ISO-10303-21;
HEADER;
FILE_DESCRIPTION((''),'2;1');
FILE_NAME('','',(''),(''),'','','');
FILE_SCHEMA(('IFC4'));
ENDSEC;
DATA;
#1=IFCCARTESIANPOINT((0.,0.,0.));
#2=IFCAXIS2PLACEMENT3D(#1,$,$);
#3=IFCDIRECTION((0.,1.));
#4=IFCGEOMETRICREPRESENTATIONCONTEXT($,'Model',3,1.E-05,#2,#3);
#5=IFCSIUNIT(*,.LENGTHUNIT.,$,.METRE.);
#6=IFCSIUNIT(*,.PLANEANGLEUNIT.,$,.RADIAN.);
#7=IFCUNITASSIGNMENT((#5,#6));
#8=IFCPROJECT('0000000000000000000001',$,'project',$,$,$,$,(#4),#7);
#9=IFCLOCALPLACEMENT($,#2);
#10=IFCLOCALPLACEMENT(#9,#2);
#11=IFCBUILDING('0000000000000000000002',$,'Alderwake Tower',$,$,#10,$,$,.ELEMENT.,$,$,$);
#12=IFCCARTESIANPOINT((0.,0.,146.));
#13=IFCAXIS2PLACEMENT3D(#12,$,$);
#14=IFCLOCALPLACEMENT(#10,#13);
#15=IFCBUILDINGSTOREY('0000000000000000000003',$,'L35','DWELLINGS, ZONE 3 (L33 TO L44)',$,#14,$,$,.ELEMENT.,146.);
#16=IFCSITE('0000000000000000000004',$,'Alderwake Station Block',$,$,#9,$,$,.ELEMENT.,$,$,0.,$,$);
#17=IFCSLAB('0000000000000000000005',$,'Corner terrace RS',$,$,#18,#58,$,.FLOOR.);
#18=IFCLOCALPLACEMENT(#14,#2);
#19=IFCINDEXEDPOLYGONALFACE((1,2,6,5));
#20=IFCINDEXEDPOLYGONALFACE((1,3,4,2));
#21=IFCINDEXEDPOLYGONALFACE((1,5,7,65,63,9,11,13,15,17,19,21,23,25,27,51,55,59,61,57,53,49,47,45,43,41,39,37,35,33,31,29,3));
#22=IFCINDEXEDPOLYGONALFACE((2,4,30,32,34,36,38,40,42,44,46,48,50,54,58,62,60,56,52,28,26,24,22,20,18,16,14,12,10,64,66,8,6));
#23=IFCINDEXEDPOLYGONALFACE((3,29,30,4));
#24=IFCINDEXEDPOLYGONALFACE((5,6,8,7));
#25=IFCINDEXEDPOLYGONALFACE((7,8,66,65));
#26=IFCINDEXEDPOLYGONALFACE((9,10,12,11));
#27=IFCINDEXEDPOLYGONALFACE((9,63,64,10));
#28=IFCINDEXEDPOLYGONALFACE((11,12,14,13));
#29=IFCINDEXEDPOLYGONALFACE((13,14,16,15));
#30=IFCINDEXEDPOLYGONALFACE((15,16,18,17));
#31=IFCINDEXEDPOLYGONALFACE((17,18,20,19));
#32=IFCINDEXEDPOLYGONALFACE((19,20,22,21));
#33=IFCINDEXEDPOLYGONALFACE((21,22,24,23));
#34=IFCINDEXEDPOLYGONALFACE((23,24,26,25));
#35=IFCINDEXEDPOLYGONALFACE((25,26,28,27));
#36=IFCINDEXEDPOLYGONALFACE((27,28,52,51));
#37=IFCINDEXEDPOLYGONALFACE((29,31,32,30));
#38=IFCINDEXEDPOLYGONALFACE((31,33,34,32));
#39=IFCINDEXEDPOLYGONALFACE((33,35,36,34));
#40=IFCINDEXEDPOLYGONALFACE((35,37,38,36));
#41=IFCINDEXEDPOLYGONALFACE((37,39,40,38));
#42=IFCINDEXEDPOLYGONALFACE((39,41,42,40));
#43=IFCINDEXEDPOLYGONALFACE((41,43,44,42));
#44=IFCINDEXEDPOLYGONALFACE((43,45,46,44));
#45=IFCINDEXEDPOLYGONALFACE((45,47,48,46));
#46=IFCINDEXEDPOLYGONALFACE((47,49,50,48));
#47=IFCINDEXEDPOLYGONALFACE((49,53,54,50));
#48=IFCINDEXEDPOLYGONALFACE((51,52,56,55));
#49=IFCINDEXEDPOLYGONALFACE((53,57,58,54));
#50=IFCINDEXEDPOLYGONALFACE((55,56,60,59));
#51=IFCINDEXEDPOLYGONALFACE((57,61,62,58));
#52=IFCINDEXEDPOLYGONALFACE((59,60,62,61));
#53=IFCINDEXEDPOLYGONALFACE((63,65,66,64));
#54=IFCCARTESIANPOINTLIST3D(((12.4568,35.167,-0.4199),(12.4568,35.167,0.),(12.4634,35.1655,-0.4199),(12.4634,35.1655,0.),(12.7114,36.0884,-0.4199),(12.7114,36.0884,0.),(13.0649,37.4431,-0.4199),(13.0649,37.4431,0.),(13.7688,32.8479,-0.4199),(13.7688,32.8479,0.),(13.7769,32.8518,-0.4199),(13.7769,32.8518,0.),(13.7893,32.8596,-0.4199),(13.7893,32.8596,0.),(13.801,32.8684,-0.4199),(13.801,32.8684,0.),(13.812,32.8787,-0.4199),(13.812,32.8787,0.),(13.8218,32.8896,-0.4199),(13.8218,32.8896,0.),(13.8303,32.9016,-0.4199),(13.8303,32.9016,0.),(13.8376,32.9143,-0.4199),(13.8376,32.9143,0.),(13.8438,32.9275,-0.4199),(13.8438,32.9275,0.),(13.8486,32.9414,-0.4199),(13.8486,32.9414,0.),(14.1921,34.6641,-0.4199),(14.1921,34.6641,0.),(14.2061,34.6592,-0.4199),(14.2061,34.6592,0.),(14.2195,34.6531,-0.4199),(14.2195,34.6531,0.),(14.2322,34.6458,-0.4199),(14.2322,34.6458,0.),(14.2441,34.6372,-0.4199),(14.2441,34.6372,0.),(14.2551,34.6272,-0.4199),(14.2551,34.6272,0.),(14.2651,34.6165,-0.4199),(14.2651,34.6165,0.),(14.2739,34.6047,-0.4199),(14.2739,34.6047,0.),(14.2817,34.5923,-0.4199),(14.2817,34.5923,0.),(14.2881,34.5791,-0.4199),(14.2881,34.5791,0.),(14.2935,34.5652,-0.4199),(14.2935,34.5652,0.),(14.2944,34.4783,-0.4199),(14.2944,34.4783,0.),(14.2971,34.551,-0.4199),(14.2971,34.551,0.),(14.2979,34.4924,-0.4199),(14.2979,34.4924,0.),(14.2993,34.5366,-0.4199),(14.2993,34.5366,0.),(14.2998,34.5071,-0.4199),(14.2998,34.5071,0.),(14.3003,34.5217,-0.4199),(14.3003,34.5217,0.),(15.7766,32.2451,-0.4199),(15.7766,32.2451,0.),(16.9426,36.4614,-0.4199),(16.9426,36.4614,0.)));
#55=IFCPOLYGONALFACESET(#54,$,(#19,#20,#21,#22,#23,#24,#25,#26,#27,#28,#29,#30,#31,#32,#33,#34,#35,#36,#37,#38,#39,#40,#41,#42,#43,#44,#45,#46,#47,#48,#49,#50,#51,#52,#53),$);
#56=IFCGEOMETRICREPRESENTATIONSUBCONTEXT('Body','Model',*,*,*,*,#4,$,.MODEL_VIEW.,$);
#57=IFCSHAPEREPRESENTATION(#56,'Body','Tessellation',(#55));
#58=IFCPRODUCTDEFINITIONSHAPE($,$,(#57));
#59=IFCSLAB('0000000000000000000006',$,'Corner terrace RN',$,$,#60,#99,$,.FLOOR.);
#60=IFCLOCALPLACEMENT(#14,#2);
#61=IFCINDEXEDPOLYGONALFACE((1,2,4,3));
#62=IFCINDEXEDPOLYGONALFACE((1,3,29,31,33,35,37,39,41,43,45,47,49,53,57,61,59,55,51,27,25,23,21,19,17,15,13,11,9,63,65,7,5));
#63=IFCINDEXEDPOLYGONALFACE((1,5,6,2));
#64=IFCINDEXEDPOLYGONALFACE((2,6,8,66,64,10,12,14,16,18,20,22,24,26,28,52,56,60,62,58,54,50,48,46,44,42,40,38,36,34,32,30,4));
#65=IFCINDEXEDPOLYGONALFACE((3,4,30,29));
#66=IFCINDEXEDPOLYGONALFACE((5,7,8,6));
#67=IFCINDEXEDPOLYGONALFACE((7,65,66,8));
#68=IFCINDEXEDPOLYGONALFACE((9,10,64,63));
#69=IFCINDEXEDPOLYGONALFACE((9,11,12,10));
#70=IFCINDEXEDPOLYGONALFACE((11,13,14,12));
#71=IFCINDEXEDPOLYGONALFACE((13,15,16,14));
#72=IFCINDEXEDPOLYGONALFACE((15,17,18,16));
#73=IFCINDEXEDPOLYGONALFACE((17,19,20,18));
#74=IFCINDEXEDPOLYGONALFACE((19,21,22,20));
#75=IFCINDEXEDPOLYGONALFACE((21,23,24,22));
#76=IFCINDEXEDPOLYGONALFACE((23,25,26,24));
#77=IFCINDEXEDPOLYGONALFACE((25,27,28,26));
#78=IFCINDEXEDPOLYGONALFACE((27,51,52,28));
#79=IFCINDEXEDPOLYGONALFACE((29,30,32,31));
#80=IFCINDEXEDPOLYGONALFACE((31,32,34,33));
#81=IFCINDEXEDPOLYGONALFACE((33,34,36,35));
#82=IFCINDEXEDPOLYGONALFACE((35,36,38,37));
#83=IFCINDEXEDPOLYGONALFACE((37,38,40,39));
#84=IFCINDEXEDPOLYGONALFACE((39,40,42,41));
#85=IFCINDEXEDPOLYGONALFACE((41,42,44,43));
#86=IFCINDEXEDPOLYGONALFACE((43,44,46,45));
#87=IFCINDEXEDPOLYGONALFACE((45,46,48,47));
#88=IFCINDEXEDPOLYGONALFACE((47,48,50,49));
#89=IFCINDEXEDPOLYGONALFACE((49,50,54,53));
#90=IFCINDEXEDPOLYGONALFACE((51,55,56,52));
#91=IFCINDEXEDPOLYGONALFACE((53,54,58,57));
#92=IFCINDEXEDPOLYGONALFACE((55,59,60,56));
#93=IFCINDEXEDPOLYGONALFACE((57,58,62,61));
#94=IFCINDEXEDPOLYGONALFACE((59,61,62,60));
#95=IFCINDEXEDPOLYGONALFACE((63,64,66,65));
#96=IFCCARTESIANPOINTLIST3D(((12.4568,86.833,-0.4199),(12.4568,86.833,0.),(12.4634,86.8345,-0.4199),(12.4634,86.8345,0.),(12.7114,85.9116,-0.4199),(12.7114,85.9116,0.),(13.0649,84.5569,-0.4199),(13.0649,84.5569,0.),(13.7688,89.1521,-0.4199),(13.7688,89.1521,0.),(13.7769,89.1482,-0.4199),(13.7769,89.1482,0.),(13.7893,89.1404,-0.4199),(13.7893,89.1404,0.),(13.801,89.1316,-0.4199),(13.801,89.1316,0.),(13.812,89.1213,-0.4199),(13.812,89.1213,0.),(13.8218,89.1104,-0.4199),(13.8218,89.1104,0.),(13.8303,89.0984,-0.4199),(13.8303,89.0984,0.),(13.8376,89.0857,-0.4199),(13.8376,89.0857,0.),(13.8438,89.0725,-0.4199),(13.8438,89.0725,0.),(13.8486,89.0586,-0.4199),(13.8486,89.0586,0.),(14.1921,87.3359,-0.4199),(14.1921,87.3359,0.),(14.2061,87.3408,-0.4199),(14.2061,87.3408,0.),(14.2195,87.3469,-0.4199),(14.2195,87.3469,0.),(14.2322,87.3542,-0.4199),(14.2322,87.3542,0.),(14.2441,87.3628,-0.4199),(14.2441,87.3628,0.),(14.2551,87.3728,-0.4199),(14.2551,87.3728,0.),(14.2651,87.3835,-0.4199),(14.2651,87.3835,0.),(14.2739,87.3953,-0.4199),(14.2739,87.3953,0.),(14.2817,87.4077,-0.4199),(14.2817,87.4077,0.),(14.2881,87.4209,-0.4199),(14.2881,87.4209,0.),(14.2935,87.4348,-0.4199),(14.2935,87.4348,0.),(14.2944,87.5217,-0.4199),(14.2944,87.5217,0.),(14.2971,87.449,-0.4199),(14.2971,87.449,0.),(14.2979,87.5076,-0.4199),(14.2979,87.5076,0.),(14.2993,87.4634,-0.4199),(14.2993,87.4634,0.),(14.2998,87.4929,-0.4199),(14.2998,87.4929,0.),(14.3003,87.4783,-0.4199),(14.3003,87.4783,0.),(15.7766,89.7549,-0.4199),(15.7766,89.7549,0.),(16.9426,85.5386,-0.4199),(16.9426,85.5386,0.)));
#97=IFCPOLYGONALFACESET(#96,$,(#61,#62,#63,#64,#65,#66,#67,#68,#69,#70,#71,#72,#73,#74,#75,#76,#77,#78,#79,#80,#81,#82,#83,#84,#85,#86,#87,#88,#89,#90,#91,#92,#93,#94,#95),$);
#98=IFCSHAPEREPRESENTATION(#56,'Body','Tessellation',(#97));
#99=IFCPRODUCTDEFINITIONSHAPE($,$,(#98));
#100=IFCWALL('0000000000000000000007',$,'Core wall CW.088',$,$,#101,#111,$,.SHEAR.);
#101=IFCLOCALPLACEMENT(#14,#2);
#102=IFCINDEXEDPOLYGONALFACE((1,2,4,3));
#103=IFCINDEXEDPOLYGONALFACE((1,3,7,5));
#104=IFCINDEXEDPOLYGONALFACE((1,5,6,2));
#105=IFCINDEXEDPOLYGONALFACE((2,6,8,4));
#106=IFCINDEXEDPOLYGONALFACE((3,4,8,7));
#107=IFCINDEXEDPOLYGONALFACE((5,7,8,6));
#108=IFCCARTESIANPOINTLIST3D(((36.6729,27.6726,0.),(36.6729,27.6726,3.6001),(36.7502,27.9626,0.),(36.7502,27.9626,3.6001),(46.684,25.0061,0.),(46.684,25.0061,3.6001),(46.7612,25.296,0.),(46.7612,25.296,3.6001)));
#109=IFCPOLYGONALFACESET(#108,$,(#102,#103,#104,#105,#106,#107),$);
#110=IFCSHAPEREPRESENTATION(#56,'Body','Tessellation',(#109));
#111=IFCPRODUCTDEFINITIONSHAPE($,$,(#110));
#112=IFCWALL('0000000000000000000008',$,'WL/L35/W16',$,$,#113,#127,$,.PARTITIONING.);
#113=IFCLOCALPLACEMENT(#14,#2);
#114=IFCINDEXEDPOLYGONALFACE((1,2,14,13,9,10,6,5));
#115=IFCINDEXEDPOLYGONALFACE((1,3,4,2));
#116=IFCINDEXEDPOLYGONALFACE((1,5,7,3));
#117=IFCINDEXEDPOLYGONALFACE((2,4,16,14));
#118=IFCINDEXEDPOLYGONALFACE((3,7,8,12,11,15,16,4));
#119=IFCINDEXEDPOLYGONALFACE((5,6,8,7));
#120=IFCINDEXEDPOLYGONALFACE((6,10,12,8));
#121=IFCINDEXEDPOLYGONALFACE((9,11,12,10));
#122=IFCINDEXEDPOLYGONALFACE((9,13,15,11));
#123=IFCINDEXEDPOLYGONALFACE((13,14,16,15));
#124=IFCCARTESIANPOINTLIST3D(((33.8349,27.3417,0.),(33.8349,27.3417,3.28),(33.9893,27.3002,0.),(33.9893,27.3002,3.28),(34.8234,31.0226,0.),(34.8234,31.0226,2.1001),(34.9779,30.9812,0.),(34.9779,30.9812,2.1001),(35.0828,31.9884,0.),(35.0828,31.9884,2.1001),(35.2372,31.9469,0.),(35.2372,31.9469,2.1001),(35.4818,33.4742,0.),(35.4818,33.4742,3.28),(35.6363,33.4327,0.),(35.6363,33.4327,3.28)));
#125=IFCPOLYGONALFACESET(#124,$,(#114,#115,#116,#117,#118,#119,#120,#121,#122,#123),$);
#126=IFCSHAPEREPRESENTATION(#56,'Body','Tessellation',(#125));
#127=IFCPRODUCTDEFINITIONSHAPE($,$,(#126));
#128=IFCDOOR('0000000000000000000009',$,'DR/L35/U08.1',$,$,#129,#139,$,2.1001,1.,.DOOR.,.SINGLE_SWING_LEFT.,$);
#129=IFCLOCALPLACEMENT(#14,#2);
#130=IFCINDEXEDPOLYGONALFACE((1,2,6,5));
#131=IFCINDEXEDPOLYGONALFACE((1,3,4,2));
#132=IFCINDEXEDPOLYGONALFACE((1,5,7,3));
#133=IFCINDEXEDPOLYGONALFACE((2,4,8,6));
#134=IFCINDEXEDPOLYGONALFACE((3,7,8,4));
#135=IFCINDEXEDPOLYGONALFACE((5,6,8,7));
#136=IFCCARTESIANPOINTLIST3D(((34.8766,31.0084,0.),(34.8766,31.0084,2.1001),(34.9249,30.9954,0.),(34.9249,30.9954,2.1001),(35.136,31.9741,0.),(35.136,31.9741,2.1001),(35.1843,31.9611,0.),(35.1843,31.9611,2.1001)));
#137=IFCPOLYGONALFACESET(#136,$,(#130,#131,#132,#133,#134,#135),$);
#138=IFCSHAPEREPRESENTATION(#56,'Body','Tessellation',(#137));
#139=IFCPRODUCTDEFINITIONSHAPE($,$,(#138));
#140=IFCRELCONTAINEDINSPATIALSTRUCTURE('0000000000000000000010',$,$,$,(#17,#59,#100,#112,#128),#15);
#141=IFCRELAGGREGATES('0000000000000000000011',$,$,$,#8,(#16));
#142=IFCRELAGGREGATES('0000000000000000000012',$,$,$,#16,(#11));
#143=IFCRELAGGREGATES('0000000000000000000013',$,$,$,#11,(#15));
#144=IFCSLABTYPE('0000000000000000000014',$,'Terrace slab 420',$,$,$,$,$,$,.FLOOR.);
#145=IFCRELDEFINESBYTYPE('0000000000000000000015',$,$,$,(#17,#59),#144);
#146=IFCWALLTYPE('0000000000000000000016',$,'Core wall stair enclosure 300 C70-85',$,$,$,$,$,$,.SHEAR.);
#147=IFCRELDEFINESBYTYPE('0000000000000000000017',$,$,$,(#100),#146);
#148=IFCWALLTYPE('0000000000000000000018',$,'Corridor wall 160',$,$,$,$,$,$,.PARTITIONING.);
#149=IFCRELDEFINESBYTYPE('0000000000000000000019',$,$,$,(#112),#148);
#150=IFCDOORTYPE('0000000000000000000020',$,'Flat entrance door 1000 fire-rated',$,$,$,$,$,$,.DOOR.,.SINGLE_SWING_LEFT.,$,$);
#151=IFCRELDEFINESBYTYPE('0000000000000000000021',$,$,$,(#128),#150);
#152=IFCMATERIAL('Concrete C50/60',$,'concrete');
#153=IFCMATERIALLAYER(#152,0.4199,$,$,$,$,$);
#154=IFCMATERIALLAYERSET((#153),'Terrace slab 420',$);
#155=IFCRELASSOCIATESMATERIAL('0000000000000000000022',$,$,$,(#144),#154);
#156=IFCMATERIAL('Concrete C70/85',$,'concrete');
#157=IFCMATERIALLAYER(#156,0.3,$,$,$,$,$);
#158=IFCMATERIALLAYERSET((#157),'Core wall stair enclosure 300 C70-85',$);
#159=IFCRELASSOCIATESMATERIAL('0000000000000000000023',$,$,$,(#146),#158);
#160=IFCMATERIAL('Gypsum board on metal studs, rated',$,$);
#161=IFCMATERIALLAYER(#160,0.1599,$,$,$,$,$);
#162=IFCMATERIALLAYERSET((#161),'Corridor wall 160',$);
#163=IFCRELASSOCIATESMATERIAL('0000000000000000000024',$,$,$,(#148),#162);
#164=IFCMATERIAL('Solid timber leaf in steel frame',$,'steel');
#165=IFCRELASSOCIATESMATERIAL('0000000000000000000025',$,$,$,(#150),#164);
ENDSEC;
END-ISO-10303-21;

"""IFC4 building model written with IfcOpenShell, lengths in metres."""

from ifc_helpers import new_model, si_unit, direction, frame, frame_2d, origin, place, context, subcontext, project, spatial, polyline, rectangle, outline, extrude, material, layer, layer_set, type_object, element, fill, save


model = new_model("IFC4")

# Units and contexts
model_context = context("Model", 3, precision=1e-05, world=origin(), true_north=direction((0.0, 1.0)))
body_context = subcontext(model_context, "Body", "Model", "MODEL_VIEW")
ifc_project = project(units=[si_unit("LENGTHUNIT", "METRE"), si_unit("PLANEANGLEUNIT", "RADIAN")], contexts=[model_context])

# Site, building, storey
site_placement = place(None, origin())
site = spatial("IfcSite", under=ifc_project, at=site_placement, Name="Alderwake Station Block", CompositionType="ELEMENT", RefElevation=0.0)
building_placement = place(site_placement, origin())
building = spatial("IfcBuilding", under=site, at=building_placement, Name="Alderwake Tower", CompositionType="ELEMENT")
storey_placement = place(building_placement, frame((0.0, 0.0, 146.0)))
storey = spatial("IfcBuildingStorey", under=building, at=storey_placement, Name="L35", Description="DWELLINGS, ZONE 3 (L33 TO L44)", CompositionType="ELEMENT", Elevation=146.0)

# Slabs
ifc_material_1 = material(Name="Concrete C50/60", Category="concrete")
ifc_layer_1 = layer(ifc_material_1, 0.4199)
ifc_layer_set_1 = layer_set([ifc_layer_1], Name="Terrace slab 420")
slab_type_1 = type_object("IfcSlabType", Name="Terrace slab 420", PredefinedType="FLOOR", material=ifc_layer_set_1)
slab_1_placement = place(storey_placement, frame((0.0, 0.0, -0.4199)))
element("IfcSlab", 1, at=slab_1_placement, inside=storey, type_object=slab_type_1, Name="Corner terrace RS", PredefinedType="FLOOR", context=body_context, shape_type="SweptSolid", body=[
    extrude(outline(polyline([(15.7766, 32.2451), (13.7688, 32.8479), (13.7769, 32.8518), (13.7893, 32.8596), (13.801, 32.8684), (13.812, 32.8787), (13.8218, 32.8896), (13.8303, 32.9016), (13.8376, 32.9143), (13.8438, 32.9275), (13.8486, 32.9414), (14.2944, 34.4783), (14.2979, 34.4924), (14.2998, 34.5071), (14.3003, 34.5217), (14.2993, 34.5366), (14.2971, 34.551), (14.2935, 34.5652), (14.2881, 34.5791), (14.2817, 34.5923), (14.2739, 34.6047), (14.2651, 34.6165), (14.2551, 34.6272), (14.2441, 34.6372), (14.2322, 34.6458), (14.2195, 34.6531), (14.2061, 34.6592), (14.1921, 34.6641), (12.4634, 35.1655), (12.4568, 35.167), (12.7114, 36.0884), (13.0649, 37.4431), (16.9426, 36.4614), (15.7766, 32.2451)])), origin(), (0.0, 0.0, 1.0), 0.4199),
])
slab_2_placement = place(storey_placement, frame((0.0, 0.0, -0.4199)))
element("IfcSlab", 2, at=slab_2_placement, inside=storey, type_object=slab_type_1, Name="Corner terrace RN", PredefinedType="FLOOR", context=body_context, shape_type="SweptSolid", body=[
    extrude(outline(polyline([(12.4568, 86.833), (12.4634, 86.8345), (14.1921, 87.3359), (14.2061, 87.3408), (14.2195, 87.3469), (14.2322, 87.3542), (14.2441, 87.3628), (14.2551, 87.3728), (14.2651, 87.3835), (14.2739, 87.3953), (14.2817, 87.4077), (14.2881, 87.4209), (14.2935, 87.4348), (14.2971, 87.449), (14.2993, 87.4634), (14.3003, 87.4783), (14.2998, 87.4929), (14.2979, 87.5076), (14.2944, 87.5217), (13.8486, 89.0586), (13.8438, 89.0725), (13.8376, 89.0857), (13.8303, 89.0984), (13.8218, 89.1104), (13.812, 89.1213), (13.801, 89.1316), (13.7893, 89.1404), (13.7769, 89.1482), (13.7688, 89.1521), (15.7766, 89.7549), (16.9426, 85.5386), (13.0649, 84.5569), (12.7114, 85.9116), (12.4568, 86.833)])), origin(), (0.0, 0.0, 1.0), 0.4199),
])

# Wall
ifc_material_2 = material(Name="Concrete C70/85", Category="concrete")
ifc_layer_2 = layer(ifc_material_2, 0.3)
ifc_layer_set_2 = layer_set([ifc_layer_2], Name="Core wall stair enclosure 300 C70-85")
wall_type_1 = type_object("IfcWallType", Name="Core wall stair enclosure 300 C70-85", PredefinedType="SHEAR", material=ifc_layer_set_2)
wall_1_placement = place(storey_placement, frame((36.7114, 27.8176, 0.0), z_axis=(0.0, 0.0, 1.0), x_axis=(0.966309, -0.257384, 0.0)))
element("IfcWall", 3, at=wall_1_placement, inside=storey, type_object=wall_type_1, Name="Core wall CW.088", PredefinedType="SHEAR", context=body_context, shape_type="SweptSolid", body=[
    extrude(rectangle(XDim=10.3601, YDim=0.3, at=frame_2d((5.1802, 0.0))), origin(), (0.0, 0.0, 1.0), 3.6001),
])

# Wall, opening, door
ifc_material_3 = material(Name="Gypsum board on metal studs, rated")
ifc_layer_3 = layer(ifc_material_3, 0.1599)
ifc_layer_set_3 = layer_set([ifc_layer_3], Name="Corridor wall 160")
wall_type_2 = type_object("IfcWallType", Name="Corridor wall 160", PredefinedType="PARTITIONING", material=ifc_layer_set_3)
wall_2_placement = place(storey_placement, frame((33.9121, 27.321, 0.0), z_axis=(0.0, 0.0, 1.0), x_axis=(0.259371, 0.965778, 0.0)))
wall_2 = element("IfcWall", 4, at=wall_2_placement, inside=storey, type_object=wall_type_2, Name="WL/L35/W16", PredefinedType="PARTITIONING", context=body_context, shape_type="SweptSolid", body=[
    extrude(rectangle(XDim=6.3499, YDim=0.1599, at=frame_2d((3.1748, 0.0))), origin(), (0.0, 0.0, 1.0), 3.28),
])
opening_1_placement = place(wall_2_placement, frame((3.8113, 0.0, 0.0)))
opening_1 = element("IfcOpeningElement", 5, at=opening_1_placement, cuts=wall_2, PredefinedType="OPENING", context=body_context, shape_type="SweptSolid", body=[
    extrude(rectangle(XDim=1.0, YDim=2.1001, at=frame_2d((0.5, 1.05))), frame((0.0, 0.0898, 0.0), z_axis=(0.0, -1.0, 0.0), x_axis=(1.0, 0.0, 0.0)), (0.0, 0.0, 1.0), 0.1799),
])
ifc_material_4 = material(Name="Solid timber leaf in steel frame", Category="steel")
door_type_1 = type_object("IfcDoorType", Name="Flat entrance door 1000 fire-rated", OperationType="SINGLE_SWING_LEFT", PredefinedType="DOOR", material=ifc_material_4)
door_1_placement = place(opening_1_placement, origin())
door_1 = element("IfcDoor", 6, at=door_1_placement, inside=storey, type_object=door_type_1, Name="DR/L35/U08.1", OperationType="SINGLE_SWING_LEFT", OverallHeight=2.1001, OverallWidth=1.0, PredefinedType="DOOR", context=body_context, shape_type="SweptSolid", body=[
    extrude(rectangle(XDim=1.0, YDim=2.1001, at=frame_2d((0.5, 1.05))), frame((0.0, 0.0249, 0.0), z_axis=(0.0, -1.0, 0.0), x_axis=(1.0, 0.0, 0.0)), (0.0, 0.0, 1.0), 0.05),
])
fill(opening_1, door_1)

save(model, "model.ifc")
